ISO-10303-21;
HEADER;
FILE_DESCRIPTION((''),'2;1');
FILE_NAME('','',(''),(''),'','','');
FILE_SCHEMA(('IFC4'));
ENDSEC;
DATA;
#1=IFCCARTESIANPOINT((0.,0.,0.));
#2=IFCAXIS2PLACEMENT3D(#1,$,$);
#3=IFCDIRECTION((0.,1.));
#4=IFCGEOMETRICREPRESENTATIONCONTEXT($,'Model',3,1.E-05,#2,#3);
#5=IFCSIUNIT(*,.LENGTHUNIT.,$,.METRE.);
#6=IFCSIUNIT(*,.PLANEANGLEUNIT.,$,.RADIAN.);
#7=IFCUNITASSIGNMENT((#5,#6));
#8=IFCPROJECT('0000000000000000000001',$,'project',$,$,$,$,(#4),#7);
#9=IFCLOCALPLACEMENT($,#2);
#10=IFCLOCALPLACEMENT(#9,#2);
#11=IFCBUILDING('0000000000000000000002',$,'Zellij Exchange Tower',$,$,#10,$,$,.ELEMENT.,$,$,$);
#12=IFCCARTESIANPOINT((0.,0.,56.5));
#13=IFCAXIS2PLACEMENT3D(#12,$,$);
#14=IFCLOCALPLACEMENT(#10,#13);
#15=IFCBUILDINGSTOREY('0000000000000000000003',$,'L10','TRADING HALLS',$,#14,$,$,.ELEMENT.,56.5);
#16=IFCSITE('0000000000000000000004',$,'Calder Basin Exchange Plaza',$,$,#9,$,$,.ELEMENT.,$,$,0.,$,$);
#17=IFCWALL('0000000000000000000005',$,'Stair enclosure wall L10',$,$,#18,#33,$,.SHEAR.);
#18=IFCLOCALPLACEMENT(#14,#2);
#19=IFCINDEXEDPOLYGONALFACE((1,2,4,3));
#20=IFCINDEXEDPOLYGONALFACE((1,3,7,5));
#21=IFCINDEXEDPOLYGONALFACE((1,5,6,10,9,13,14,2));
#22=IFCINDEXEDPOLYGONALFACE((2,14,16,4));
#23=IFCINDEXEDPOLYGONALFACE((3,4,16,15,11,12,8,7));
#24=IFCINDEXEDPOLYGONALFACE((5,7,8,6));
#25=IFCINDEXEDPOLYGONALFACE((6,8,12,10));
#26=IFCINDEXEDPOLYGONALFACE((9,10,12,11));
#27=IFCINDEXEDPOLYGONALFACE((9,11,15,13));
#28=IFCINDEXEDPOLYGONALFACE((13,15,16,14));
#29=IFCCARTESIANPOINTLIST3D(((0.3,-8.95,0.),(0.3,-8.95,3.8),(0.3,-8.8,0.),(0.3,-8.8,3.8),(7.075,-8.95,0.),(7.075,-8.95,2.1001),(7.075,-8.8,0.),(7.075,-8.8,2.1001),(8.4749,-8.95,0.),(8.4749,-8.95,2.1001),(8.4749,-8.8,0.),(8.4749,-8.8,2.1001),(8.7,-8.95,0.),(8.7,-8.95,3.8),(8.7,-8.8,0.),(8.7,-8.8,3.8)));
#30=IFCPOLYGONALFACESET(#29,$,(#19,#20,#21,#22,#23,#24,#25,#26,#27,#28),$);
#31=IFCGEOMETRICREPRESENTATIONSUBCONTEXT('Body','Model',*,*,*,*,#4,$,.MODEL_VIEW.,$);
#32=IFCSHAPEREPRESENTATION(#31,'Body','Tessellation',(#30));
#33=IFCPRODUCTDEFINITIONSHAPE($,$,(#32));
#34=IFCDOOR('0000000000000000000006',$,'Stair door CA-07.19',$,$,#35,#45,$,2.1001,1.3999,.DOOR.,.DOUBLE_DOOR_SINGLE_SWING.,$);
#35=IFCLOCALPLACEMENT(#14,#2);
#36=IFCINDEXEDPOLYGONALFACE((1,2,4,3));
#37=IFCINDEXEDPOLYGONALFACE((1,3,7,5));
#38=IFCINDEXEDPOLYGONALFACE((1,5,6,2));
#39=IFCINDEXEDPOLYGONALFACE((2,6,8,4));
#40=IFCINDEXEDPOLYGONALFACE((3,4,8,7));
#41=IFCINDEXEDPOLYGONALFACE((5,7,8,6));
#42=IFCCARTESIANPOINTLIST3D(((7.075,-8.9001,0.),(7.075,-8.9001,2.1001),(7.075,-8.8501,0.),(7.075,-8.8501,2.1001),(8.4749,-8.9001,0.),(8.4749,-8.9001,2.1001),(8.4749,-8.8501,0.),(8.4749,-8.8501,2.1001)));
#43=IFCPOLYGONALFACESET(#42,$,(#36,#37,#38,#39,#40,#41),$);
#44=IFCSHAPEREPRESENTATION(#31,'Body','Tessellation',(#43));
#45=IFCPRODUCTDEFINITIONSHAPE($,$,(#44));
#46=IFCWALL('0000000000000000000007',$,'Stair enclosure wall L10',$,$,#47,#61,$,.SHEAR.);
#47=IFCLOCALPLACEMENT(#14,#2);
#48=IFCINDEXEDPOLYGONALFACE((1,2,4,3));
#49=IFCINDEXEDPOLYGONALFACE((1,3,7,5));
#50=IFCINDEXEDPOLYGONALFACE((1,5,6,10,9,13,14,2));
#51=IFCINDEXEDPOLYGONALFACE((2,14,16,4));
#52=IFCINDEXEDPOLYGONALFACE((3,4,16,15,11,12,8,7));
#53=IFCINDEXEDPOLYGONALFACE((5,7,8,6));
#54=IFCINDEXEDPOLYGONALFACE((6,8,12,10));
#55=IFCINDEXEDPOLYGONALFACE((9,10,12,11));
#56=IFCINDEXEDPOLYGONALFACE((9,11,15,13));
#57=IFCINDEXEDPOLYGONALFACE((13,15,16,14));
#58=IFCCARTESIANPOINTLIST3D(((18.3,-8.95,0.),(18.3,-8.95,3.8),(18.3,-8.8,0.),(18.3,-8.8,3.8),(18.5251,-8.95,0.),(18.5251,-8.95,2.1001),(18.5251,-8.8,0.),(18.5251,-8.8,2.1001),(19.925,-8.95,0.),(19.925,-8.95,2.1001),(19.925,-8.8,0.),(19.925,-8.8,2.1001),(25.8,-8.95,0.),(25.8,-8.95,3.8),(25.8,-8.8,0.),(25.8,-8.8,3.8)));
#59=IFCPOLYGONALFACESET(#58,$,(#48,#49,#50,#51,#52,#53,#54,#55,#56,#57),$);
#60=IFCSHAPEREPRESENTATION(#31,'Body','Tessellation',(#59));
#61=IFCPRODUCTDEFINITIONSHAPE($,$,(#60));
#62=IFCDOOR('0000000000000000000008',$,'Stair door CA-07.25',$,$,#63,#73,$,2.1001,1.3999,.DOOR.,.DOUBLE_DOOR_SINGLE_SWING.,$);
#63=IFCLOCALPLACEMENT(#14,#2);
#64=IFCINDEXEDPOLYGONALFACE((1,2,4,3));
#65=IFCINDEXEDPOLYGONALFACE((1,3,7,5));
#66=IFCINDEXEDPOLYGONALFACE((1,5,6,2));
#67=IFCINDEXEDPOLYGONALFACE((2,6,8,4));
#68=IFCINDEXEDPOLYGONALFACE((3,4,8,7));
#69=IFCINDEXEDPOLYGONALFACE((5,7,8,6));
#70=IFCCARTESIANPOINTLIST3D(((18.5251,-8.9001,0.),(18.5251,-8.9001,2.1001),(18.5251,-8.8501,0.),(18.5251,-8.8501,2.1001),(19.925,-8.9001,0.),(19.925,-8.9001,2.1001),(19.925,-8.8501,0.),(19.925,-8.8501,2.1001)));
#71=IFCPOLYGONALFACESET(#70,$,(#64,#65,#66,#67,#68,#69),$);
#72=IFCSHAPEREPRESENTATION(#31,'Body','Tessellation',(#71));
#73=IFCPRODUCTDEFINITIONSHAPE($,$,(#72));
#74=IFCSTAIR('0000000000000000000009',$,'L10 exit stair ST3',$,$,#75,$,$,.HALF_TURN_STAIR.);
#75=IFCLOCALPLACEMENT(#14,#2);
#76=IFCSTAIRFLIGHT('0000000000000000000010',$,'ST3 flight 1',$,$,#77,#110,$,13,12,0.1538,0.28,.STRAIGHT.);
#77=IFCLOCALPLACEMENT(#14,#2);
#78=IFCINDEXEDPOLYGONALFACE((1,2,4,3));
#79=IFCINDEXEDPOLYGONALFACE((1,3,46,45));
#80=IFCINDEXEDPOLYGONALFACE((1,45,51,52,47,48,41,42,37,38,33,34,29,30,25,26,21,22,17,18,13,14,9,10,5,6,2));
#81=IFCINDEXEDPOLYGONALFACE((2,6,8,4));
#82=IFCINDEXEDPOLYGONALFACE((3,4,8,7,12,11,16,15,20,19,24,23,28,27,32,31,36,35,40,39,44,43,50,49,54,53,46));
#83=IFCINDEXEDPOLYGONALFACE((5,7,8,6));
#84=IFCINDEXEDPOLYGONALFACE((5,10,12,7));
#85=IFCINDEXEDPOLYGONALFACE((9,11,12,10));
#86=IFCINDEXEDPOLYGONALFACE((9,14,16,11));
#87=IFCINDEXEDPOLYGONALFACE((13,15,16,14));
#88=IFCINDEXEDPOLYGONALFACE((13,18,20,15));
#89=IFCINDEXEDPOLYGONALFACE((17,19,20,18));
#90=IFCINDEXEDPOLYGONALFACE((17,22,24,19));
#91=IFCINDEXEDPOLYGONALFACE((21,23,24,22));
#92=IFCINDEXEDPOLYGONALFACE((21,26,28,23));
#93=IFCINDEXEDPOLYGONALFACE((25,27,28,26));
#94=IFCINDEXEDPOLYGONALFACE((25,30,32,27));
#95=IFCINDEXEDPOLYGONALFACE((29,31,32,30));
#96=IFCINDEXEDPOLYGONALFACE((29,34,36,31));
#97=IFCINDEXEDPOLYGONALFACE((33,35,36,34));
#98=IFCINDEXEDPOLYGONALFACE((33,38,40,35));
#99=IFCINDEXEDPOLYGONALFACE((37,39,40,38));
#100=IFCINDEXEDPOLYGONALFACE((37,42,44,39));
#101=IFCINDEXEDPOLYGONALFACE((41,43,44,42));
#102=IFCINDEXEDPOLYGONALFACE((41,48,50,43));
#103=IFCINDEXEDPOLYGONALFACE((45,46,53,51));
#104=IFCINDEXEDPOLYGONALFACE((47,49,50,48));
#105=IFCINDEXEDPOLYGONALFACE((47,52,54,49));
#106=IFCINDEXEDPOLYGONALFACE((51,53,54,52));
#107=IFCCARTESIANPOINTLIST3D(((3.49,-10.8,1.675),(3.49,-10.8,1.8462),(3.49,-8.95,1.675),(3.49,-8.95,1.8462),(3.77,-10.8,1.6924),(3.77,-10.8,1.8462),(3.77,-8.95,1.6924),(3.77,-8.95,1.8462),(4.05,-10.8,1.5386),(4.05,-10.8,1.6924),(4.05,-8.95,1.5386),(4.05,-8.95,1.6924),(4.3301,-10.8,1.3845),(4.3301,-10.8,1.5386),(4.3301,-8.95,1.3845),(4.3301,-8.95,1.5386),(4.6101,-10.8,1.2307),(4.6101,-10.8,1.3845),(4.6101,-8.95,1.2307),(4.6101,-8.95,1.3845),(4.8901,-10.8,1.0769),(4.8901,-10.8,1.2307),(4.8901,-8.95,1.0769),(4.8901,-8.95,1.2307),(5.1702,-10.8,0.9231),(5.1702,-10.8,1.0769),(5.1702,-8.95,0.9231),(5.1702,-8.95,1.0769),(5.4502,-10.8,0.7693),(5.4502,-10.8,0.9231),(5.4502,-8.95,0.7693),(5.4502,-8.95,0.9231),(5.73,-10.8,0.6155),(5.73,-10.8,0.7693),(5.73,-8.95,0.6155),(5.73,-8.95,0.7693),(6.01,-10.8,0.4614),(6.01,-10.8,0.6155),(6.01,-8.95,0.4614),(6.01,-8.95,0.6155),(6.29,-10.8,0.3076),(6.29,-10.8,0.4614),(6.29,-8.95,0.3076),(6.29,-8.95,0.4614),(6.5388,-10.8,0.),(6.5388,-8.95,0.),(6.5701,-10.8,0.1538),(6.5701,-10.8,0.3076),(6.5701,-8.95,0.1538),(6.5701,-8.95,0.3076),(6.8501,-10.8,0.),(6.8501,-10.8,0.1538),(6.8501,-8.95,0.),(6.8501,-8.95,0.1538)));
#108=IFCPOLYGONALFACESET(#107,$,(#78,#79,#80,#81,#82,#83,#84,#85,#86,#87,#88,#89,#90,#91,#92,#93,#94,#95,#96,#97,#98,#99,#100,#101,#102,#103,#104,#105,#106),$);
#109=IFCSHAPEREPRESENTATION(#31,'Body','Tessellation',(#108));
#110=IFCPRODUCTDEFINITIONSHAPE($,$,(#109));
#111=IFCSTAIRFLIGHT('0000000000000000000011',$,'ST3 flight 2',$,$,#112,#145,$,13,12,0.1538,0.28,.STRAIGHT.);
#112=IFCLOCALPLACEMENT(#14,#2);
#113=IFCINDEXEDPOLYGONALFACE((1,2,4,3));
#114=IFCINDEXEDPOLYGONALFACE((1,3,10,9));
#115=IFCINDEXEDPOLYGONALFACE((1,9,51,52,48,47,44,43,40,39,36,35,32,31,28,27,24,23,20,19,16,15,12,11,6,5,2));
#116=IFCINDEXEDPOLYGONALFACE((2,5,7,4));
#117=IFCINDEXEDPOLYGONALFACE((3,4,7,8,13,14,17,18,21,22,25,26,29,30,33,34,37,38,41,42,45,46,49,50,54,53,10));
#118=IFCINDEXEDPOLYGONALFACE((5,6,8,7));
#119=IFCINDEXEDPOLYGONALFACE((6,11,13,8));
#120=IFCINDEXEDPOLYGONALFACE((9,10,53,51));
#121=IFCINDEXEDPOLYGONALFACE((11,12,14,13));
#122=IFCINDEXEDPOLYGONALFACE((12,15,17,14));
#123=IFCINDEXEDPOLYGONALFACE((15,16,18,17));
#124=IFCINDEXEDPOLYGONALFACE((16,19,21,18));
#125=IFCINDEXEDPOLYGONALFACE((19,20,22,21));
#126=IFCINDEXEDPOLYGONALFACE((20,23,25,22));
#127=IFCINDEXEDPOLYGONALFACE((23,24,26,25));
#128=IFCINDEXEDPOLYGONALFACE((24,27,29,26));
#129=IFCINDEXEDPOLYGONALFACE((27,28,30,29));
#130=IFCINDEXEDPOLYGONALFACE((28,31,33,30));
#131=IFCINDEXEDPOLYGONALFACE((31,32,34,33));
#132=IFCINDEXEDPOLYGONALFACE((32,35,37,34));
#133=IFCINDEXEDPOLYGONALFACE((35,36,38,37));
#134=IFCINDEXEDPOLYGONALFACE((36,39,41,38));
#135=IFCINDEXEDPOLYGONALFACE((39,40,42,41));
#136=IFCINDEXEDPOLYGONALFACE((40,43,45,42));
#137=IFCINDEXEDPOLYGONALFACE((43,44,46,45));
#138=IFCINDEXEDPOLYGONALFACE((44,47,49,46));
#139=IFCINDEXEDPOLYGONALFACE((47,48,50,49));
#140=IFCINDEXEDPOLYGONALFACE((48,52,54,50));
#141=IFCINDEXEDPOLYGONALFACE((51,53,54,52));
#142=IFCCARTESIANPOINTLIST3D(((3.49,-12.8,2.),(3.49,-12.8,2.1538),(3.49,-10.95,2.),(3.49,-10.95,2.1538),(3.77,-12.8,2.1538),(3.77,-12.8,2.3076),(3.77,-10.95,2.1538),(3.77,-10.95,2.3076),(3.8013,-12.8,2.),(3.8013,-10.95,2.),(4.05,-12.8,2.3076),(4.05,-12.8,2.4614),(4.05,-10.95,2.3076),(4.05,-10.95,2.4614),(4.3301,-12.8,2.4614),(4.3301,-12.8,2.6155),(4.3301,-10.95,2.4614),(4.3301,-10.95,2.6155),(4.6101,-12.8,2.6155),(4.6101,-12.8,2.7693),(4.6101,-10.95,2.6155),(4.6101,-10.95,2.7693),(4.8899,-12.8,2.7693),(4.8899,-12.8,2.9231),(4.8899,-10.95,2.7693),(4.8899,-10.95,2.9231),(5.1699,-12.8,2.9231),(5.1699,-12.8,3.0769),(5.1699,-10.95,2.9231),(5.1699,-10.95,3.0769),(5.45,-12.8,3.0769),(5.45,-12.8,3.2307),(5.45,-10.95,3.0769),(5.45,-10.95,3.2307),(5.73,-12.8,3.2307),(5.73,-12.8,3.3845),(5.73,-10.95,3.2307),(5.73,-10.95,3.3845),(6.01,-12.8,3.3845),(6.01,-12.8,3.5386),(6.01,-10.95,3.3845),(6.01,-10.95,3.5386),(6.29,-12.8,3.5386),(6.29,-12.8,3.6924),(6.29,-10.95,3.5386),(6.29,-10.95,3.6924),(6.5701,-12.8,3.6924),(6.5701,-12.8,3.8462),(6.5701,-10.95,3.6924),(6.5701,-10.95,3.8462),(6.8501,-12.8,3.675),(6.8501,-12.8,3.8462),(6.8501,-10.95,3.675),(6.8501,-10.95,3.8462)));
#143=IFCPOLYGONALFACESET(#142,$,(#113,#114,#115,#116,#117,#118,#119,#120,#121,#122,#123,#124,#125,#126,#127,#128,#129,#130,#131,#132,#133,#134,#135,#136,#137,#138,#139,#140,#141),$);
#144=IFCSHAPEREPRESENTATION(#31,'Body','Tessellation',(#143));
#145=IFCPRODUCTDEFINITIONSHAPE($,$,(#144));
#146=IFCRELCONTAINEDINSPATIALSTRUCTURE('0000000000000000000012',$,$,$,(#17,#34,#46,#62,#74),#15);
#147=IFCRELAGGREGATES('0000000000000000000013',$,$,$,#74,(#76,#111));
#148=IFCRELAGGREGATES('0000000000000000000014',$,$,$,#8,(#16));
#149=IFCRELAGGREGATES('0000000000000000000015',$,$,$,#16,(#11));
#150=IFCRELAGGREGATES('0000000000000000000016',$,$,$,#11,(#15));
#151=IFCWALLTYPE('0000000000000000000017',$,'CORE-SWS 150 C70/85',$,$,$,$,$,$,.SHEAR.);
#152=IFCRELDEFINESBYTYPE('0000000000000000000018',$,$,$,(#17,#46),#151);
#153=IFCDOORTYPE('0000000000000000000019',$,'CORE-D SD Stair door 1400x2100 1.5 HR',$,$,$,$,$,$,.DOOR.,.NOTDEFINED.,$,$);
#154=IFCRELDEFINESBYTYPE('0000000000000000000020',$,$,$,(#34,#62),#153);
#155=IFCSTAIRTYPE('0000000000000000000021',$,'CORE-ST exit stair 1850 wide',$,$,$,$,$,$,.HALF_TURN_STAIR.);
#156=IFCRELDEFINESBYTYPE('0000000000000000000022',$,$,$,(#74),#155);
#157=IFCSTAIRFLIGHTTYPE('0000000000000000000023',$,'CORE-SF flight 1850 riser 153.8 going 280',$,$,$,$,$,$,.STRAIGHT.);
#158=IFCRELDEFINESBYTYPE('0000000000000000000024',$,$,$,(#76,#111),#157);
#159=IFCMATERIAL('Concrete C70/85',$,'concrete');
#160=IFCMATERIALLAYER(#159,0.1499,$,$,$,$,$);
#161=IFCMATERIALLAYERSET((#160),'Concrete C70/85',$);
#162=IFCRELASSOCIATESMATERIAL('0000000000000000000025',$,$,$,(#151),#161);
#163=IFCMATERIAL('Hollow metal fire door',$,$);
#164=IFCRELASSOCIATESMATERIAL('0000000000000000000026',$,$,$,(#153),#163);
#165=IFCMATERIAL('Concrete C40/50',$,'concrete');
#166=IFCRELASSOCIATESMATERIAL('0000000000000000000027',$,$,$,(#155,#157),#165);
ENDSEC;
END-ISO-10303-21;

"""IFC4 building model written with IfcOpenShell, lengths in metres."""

from ifc_helpers import new_model, si_unit, direction, frame, frame_2d, origin, place, context, subcontext, project, spatial, polyline, rectangle, outline, extrude, material, layer, layer_set, type_object, element, fill, aggregate, save


model = new_model("IFC4")

# Units and contexts
model_context = context("Model", 3, precision=1e-05, world=origin(), true_north=direction((0.0, 1.0)))
body_context = subcontext(model_context, "Body", "Model", "MODEL_VIEW")
ifc_project = project(units=[si_unit("LENGTHUNIT", "METRE"), si_unit("PLANEANGLEUNIT", "RADIAN")], contexts=[model_context])

# Site, building, storey
site_placement = place(None, origin())
site = spatial("IfcSite", under=ifc_project, at=site_placement, Name="Calder Basin Exchange Plaza", CompositionType="ELEMENT", RefElevation=0.0)
building_placement = place(site_placement, origin())
building = spatial("IfcBuilding", under=site, at=building_placement, Name="Zellij Exchange Tower", CompositionType="ELEMENT")
storey_placement = place(building_placement, frame((0.0, 0.0, 56.5)))
storey = spatial("IfcBuildingStorey", under=building, at=storey_placement, Name="L10", Description="TRADING HALLS", CompositionType="ELEMENT", Elevation=56.5)

# Shared definitions
ifc_material_1 = material(Name="Concrete C70/85", Category="concrete")

# Shared definitions
ifc_material_2 = material(Name="Hollow metal fire door")

# Walls, openings, doors
ifc_layer_1 = layer(ifc_material_1, 0.1499)
ifc_layer_set_1 = layer_set([ifc_layer_1], Name="Concrete C70/85")
wall_type_1 = type_object("IfcWallType", Name="CORE-SWS 150 C70/85", PredefinedType="SHEAR", material=ifc_layer_set_1)
wall_1_placement = place(storey_placement, frame((0.3, -8.875, 0.0), z_axis=(0.0, 0.0, 1.0), x_axis=(1.0, 0.0, 0.0)))
wall_1 = element("IfcWall", 1, at=wall_1_placement, inside=storey, type_object=wall_type_1, Name="Stair enclosure wall L10", PredefinedType="SHEAR", context=body_context, shape_type="SweptSolid", body=[
    extrude(rectangle(XDim=8.3999, YDim=0.1499, at=frame_2d((4.2, 0.0))), origin(), (0.0, 0.0, 1.0), 3.8),
])
opening_1_placement = place(wall_1_placement, frame((6.7749, 0.0, 0.0)))
opening_1 = element("IfcOpeningElement", 2, at=opening_1_placement, cuts=wall_1, PredefinedType="OPENING", context=body_context, shape_type="SweptSolid", body=[
    extrude(rectangle(XDim=1.3999, YDim=2.1001, at=frame_2d((0.7, 1.05))), frame((0.0, 0.0869, 0.0), z_axis=(0.0, -1.0, 0.0), x_axis=(1.0, 0.0, 0.0)), (0.0, 0.0, 1.0), 0.1738),
])
door_type_1 = type_object("IfcDoorType", Name="CORE-D SD Stair door 1400x2100 1.5 HR", OperationType="NOTDEFINED", PredefinedType="DOOR", material=ifc_material_2)
door_1_placement = place(opening_1_placement, origin())
door_1 = element("IfcDoor", 3, at=door_1_placement, inside=storey, type_object=door_type_1, Name="Stair door CA-07.19", OperationType="DOUBLE_DOOR_SINGLE_SWING", OverallHeight=2.1001, OverallWidth=1.3999, PredefinedType="DOOR", context=body_context, shape_type="SweptSolid", body=[
    extrude(rectangle(XDim=1.3999, YDim=2.1001, at=frame_2d((0.7, 1.05))), frame((0.0, 0.0249, 0.0), z_axis=(0.0, -1.0, 0.0), x_axis=(1.0, 0.0, 0.0)), (0.0, 0.0, 1.0), 0.05),
])
fill(opening_1, door_1)
wall_2_placement = place(storey_placement, frame((18.3, -8.875, 0.0), z_axis=(0.0, 0.0, 1.0), x_axis=(1.0, 0.0, 0.0)))
wall_2 = element("IfcWall", 4, at=wall_2_placement, inside=storey, type_object=wall_type_1, Name="Stair enclosure wall L10", PredefinedType="SHEAR", context=body_context, shape_type="SweptSolid", body=[
    extrude(rectangle(XDim=7.5, YDim=0.1499, at=frame_2d((3.75, 0.0))), origin(), (0.0, 0.0, 1.0), 3.8),
])
opening_2_placement = place(wall_2_placement, frame((0.2251, 0.0, 0.0)))
opening_2 = element("IfcOpeningElement", 5, at=opening_2_placement, cuts=wall_2, PredefinedType="OPENING", context=body_context, shape_type="SweptSolid", body=[
    extrude(rectangle(XDim=1.3999, YDim=2.1001, at=frame_2d((0.7, 1.05))), frame((0.0, 0.0869, 0.0), z_axis=(0.0, -1.0, 0.0), x_axis=(1.0, 0.0, 0.0)), (0.0, 0.0, 1.0), 0.1738),
])
door_2_placement = place(opening_2_placement, origin())
door_2 = element("IfcDoor", 6, at=door_2_placement, inside=storey, type_object=door_type_1, Name="Stair door CA-07.25", OperationType="DOUBLE_DOOR_SINGLE_SWING", OverallHeight=2.1001, OverallWidth=1.3999, PredefinedType="DOOR", context=body_context, shape_type="SweptSolid", body=[
    extrude(rectangle(XDim=1.3999, YDim=2.1001, at=frame_2d((0.7, 1.05))), frame((0.0, 0.0249, 0.0), z_axis=(0.0, -1.0, 0.0), x_axis=(1.0, 0.0, 0.0)), (0.0, 0.0, 1.0), 0.05),
])
fill(opening_2, door_2)

# Stair, stair flights
ifc_material_3 = material(Name="Concrete C40/50", Category="concrete")
stair_type = type_object("IfcStairType", Name="CORE-ST exit stair 1850 wide", PredefinedType="HALF_TURN_STAIR", material=ifc_material_3)
stair_1_placement = place(storey_placement, origin())
stair_1 = element("IfcStair", 7, at=stair_1_placement, inside=storey, type_object=stair_type, Name="L10 exit stair ST3", PredefinedType="HALF_TURN_STAIR")
stair_flight_type = type_object("IfcStairFlightType", Name="CORE-SF flight 1850 riser 153.8 going 280", PredefinedType="STRAIGHT", material=ifc_material_3)
stair_flight_1_placement = place(storey_placement, frame((6.8501, -9.875, 0.0), z_axis=(0.0, 0.0, 1.0), x_axis=(-1.0, 0.0, 0.0)))
stair_flight_1 = element("IfcStairFlight", 8, at=stair_flight_1_placement, type_object=stair_flight_type, Name="ST3 flight 1", NumberOfRisers=13, NumberOfTreads=12, PredefinedType="STRAIGHT", RiserHeight=0.1538, TreadLength=0.28, context=body_context, shape_type="SweptSolid", body=[
    extrude(outline(polyline([(0.0, 0.0), (0.0, 0.1538), (0.28, 0.1538), (0.28, 0.3076), (0.5601, 0.3076), (0.5601, 0.4614), (0.8401, 0.4614), (0.8401, 0.6155), (1.1201, 0.6155), (1.1201, 0.7693), (1.3999, 0.7693), (1.3999, 0.9231), (1.6799, 0.9231), (1.6799, 1.0769), (1.96, 1.0769), (1.96, 1.2307), (2.24, 1.2307), (2.24, 1.3845), (2.52, 1.3845), (2.52, 1.5386), (2.8, 1.5386), (2.8, 1.6924), (3.0801, 1.6924), (3.0801, 1.8462), (3.3601, 1.8462), (3.3601, 2.0), (3.3601, 1.675), (0.3113, 0.0), (0.0, 0.0)])), frame((0.0, 0.925, 0.0), z_axis=(0.0, -1.0, 0.0), x_axis=(1.0, 0.0, 0.0)), (0.0, 0.0, 1.0), 1.8501),
])
stair_flight_2_placement = place(storey_placement, frame((3.49, -11.875, 2.0), z_axis=(0.0, 0.0, 1.0), x_axis=(1.0, 0.0, 0.0)))
stair_flight_2 = element("IfcStairFlight", 9, at=stair_flight_2_placement, type_object=stair_flight_type, Name="ST3 flight 2", NumberOfRisers=13, NumberOfTreads=12, PredefinedType="STRAIGHT", RiserHeight=0.1538, TreadLength=0.28, context=body_context, shape_type="SweptSolid", body=[
    extrude(outline(polyline([(0.0, 0.0), (0.0, 0.1538), (0.28, 0.1538), (0.28, 0.3076), (0.5601, 0.3076), (0.5601, 0.4614), (0.8401, 0.4614), (0.8401, 0.6155), (1.1201, 0.6155), (1.1201, 0.7693), (1.3999, 0.7693), (1.3999, 0.9231), (1.6799, 0.9231), (1.6799, 1.0769), (1.96, 1.0769), (1.96, 1.2307), (2.24, 1.2307), (2.24, 1.3845), (2.52, 1.3845), (2.52, 1.5386), (2.8, 1.5386), (2.8, 1.6924), (3.0801, 1.6924), (3.0801, 1.8462), (3.3601, 1.8462), (3.3601, 2.0), (3.3601, 1.675), (0.3113, 0.0), (0.0, 0.0)])), frame((0.0, 0.925, 0.0), z_axis=(0.0, -1.0, 0.0), x_axis=(1.0, 0.0, 0.0)), (0.0, 0.0, 1.0), 1.8501),
])
aggregate(stair_1, [stair_flight_1, stair_flight_2])

save(model, "model.ifc")
